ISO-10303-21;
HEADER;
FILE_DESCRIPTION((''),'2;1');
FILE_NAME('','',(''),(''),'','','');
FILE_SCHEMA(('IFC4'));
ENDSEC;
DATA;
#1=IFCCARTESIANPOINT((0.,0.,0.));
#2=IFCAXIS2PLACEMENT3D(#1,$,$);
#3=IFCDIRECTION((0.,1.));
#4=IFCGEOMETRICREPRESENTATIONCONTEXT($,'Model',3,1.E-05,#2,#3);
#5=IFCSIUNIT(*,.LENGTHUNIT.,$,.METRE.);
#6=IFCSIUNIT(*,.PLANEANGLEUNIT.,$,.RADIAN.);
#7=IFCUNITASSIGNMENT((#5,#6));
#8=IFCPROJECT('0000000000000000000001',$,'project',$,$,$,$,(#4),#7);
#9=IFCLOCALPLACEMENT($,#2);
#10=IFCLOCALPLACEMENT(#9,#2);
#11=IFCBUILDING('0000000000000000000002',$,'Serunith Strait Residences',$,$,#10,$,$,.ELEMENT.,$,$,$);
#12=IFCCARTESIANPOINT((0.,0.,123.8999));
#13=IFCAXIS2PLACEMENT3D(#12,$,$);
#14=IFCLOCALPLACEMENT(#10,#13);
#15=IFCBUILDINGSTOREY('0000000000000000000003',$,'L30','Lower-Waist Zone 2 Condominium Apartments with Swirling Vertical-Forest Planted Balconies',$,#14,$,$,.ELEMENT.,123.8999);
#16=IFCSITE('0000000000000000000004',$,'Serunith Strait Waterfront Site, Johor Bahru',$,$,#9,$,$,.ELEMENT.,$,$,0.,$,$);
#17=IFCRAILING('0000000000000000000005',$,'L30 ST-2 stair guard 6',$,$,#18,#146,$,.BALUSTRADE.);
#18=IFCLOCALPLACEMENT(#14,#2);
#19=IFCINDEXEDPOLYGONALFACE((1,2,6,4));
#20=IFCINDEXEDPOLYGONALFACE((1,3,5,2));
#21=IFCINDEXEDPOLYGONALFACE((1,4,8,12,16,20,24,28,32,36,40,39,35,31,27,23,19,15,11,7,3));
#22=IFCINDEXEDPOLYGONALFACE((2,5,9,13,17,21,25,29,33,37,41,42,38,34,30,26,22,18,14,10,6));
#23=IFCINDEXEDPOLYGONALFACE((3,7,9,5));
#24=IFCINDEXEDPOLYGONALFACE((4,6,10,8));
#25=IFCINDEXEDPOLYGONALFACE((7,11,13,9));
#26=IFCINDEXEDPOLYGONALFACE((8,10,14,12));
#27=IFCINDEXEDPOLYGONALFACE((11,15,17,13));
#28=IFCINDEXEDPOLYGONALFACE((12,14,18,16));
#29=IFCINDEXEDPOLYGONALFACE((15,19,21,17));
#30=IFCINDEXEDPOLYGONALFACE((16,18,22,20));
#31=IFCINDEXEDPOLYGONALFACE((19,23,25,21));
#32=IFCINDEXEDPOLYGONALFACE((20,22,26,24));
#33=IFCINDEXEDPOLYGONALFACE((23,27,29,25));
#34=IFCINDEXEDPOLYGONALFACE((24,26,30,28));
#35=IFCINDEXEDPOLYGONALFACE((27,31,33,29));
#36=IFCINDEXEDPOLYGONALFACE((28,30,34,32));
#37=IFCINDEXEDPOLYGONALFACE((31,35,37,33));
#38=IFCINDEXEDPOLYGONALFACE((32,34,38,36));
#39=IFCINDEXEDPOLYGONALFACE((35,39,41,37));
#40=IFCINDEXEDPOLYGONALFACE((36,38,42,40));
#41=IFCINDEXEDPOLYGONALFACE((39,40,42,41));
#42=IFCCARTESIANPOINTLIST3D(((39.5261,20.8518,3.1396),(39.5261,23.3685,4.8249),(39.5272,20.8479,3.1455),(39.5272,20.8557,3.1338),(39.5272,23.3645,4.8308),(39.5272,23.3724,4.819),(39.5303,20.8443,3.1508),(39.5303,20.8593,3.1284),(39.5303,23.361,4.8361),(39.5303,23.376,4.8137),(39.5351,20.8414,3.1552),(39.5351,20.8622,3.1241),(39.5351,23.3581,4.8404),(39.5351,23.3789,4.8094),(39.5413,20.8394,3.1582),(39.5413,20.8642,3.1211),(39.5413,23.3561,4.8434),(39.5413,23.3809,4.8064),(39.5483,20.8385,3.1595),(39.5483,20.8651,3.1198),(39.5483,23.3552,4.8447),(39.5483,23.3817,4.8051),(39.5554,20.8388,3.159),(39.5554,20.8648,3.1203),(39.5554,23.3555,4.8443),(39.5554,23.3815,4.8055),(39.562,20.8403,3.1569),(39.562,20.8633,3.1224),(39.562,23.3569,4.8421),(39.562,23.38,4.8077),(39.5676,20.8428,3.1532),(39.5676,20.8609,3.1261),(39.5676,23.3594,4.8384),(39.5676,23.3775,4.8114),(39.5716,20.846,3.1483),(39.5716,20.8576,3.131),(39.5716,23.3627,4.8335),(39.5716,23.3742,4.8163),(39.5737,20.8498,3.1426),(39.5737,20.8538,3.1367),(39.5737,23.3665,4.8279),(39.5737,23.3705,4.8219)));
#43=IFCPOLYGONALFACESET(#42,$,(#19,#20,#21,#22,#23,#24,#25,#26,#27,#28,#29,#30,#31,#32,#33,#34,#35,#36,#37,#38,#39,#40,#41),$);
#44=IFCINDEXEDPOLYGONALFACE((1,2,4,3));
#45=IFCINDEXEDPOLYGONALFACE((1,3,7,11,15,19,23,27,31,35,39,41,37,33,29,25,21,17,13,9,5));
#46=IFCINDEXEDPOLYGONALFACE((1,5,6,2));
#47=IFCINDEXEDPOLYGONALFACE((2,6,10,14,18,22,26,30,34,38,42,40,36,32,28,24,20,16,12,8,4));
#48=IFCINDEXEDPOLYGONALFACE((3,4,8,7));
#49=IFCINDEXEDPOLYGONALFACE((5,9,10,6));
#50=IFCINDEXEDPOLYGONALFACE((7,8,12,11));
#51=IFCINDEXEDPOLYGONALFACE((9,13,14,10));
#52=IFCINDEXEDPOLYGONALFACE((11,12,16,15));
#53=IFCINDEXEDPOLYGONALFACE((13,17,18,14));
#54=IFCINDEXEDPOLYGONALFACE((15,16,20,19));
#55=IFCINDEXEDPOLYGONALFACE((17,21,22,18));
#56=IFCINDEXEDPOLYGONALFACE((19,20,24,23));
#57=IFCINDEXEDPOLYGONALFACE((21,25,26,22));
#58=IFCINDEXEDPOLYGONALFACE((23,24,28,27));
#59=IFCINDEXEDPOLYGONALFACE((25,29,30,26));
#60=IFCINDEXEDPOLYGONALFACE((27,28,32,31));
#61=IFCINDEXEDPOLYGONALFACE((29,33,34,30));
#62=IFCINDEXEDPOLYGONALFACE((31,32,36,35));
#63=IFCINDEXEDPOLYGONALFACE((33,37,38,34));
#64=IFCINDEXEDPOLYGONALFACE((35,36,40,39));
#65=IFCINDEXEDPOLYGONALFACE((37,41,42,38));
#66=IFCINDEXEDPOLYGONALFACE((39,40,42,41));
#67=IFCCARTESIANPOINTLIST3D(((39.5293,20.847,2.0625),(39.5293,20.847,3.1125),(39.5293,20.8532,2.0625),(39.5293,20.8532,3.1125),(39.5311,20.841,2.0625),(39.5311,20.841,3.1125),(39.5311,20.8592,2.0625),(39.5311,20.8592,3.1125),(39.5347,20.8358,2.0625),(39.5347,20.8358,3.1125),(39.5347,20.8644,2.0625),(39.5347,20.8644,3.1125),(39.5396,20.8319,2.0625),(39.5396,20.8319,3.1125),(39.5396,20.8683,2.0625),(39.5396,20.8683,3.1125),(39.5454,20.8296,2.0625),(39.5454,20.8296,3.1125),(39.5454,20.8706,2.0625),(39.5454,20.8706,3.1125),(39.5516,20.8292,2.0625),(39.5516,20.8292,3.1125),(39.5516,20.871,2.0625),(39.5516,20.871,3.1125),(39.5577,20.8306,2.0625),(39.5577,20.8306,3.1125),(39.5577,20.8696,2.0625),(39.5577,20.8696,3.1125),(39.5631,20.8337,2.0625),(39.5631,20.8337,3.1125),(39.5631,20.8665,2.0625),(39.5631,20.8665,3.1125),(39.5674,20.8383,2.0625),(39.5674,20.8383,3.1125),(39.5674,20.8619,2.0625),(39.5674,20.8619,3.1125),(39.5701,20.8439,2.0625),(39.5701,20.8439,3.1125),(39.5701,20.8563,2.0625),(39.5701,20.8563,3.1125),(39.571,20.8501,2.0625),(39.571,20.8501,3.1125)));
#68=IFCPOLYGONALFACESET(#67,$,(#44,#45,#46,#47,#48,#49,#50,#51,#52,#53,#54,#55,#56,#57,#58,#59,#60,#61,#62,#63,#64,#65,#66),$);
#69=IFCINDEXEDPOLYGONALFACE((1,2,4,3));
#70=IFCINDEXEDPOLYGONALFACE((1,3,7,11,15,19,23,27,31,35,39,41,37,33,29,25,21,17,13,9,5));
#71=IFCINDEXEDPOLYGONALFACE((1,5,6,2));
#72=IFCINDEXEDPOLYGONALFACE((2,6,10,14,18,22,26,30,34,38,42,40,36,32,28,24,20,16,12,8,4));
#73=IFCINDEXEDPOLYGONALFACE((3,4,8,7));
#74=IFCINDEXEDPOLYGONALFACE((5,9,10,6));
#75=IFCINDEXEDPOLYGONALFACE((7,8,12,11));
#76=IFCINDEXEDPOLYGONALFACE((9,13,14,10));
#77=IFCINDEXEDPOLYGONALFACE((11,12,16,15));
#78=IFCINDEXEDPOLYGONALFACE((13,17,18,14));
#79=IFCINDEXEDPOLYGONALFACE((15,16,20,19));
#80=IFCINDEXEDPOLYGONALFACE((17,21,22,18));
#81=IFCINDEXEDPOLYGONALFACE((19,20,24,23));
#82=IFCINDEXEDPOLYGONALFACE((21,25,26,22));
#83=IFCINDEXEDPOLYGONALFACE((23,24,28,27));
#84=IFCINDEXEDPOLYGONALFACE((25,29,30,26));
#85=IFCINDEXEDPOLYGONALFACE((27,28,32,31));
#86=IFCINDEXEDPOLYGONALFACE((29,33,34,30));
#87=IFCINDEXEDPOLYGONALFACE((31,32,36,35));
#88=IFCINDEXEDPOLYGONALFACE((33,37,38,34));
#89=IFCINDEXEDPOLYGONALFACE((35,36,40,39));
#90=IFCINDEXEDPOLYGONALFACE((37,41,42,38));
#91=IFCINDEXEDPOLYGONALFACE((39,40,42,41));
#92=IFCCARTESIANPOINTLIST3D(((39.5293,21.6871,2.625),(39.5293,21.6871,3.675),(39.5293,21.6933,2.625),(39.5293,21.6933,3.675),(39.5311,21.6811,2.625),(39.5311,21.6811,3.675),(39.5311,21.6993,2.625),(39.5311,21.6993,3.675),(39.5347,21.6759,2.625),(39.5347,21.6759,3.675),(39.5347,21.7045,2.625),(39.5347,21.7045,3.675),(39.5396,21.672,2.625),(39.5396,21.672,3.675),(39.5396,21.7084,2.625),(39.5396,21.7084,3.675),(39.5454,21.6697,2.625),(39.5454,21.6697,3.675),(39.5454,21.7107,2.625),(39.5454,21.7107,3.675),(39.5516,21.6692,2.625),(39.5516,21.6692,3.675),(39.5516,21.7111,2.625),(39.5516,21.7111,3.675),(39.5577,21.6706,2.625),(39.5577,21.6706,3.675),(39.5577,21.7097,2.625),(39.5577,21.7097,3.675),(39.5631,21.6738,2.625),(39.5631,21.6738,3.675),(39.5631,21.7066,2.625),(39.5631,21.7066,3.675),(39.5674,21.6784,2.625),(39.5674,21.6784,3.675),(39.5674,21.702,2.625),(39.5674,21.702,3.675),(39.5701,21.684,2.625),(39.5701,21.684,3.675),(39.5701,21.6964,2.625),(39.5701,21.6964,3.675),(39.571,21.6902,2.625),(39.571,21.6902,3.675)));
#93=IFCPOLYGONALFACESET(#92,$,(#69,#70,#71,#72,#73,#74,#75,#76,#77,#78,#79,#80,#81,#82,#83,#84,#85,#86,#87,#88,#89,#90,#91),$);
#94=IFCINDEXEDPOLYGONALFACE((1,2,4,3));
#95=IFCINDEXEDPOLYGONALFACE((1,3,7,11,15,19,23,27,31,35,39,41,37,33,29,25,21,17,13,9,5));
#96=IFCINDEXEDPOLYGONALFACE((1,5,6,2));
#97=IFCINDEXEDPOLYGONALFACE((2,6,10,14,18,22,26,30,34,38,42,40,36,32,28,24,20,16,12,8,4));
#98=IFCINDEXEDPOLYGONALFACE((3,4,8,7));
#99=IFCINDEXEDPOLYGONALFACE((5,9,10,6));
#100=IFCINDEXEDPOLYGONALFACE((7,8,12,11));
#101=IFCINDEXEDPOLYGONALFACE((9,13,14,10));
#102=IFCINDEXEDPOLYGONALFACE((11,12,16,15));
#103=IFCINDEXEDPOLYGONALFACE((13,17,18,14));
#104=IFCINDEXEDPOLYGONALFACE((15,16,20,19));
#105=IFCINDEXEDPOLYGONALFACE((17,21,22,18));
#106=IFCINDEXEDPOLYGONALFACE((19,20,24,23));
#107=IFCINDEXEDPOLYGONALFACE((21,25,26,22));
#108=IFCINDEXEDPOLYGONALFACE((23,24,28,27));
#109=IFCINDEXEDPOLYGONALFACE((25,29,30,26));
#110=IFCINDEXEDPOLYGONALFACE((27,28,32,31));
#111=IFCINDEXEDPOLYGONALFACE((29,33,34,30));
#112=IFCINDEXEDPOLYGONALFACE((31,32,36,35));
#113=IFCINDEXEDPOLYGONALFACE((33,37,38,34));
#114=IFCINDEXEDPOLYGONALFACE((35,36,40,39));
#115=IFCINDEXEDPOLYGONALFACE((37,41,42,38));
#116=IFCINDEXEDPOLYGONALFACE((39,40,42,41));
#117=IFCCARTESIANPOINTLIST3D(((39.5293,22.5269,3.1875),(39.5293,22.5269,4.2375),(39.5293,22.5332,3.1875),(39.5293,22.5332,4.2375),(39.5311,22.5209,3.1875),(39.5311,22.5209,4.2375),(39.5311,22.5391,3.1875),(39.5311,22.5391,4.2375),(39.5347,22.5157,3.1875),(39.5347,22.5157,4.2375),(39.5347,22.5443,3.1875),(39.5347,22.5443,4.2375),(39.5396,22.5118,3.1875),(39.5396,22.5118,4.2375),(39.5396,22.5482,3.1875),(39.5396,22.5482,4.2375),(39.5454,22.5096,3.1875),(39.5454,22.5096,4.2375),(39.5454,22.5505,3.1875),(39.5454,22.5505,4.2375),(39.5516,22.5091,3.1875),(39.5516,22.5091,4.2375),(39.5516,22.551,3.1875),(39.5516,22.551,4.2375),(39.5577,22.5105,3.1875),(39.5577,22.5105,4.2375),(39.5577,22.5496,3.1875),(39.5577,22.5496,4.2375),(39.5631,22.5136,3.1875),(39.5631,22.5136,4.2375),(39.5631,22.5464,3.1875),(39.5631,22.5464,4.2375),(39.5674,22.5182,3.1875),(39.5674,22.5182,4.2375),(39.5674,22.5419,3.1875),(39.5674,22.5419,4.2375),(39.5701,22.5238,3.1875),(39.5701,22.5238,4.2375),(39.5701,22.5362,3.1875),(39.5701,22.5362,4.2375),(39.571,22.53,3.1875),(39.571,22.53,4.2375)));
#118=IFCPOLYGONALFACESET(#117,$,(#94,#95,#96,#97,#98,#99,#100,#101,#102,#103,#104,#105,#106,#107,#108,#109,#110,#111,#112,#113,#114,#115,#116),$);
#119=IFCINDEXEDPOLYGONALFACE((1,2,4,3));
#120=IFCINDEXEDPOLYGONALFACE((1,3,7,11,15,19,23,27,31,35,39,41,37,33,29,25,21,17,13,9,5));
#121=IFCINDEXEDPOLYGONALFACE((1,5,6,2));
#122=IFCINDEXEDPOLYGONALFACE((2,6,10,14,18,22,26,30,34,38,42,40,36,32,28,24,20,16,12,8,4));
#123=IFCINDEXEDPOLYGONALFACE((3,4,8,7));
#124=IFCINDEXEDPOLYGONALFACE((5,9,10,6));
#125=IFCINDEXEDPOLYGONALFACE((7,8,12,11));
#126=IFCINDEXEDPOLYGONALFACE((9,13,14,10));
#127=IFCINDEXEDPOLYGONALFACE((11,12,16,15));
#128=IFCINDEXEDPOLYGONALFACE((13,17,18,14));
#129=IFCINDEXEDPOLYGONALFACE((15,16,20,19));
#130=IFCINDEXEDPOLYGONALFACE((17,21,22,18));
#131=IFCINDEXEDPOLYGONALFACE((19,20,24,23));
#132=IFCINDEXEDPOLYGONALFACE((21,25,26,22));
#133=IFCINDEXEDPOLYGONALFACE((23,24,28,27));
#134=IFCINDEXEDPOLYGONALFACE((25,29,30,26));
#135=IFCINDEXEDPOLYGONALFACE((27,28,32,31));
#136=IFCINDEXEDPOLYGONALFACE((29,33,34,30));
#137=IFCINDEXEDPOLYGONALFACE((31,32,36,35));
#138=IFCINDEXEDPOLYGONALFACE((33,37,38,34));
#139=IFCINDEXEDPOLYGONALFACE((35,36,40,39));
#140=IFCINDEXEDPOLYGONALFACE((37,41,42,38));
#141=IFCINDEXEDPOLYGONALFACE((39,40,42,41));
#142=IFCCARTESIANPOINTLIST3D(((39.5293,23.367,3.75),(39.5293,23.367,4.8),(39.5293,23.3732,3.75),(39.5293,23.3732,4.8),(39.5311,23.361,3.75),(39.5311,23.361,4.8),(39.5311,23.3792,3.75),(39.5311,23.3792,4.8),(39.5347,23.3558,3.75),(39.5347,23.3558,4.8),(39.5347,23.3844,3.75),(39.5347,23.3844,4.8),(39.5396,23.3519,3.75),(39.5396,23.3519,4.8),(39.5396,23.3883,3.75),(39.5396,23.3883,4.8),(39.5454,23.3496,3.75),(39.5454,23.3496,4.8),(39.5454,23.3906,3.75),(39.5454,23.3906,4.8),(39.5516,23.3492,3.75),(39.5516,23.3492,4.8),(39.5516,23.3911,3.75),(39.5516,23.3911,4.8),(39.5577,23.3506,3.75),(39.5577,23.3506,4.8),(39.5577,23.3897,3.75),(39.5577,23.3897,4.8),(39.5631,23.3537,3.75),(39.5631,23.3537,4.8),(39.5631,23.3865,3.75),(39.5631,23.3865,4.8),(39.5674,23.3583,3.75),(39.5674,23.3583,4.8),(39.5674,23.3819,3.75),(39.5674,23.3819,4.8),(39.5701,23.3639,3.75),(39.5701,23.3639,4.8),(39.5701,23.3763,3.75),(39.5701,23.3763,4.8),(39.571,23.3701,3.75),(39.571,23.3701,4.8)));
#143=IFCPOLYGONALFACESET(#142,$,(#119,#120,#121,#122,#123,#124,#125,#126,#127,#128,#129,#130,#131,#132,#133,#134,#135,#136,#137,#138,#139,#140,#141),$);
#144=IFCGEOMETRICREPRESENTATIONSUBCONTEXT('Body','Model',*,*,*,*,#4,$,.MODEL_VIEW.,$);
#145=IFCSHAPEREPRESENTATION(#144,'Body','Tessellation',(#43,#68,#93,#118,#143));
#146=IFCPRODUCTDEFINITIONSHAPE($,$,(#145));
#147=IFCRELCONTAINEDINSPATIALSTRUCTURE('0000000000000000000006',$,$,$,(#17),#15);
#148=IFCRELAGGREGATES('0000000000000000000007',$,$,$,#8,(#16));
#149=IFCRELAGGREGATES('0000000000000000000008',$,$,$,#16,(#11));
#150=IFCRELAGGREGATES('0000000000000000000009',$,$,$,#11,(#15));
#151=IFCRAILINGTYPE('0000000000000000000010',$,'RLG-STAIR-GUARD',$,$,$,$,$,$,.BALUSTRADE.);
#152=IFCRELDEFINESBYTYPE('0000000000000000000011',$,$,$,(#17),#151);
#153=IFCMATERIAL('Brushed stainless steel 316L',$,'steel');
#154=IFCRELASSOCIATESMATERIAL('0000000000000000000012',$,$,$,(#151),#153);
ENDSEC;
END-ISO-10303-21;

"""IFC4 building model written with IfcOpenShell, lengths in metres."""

from ifc_helpers import new_model, si_unit, direction, frame, origin, origin_2d, place, context, subcontext, project, spatial, circle, extrude, material, type_object, element, save


model = new_model("IFC4")

# Units and contexts
model_context = context("Model", 3, precision=1e-05, world=origin(), true_north=direction((0.0, 1.0)))
body_context = subcontext(model_context, "Body", "Model", "MODEL_VIEW")
ifc_project = project(units=[si_unit("LENGTHUNIT", "METRE"), si_unit("PLANEANGLEUNIT", "RADIAN")], contexts=[model_context])

# Site, building, storey
site_placement = place(None, origin())
site = spatial("IfcSite", under=ifc_project, at=site_placement, Name="Serunith Strait Waterfront Site, Johor Bahru", CompositionType="ELEMENT", RefElevation=0.0)
building_placement = place(site_placement, origin())
building = spatial("IfcBuilding", under=site, at=building_placement, Name="Serunith Strait Residences", CompositionType="ELEMENT")
storey_placement = place(building_placement, frame((0.0, 0.0, 123.8999)))
storey = spatial("IfcBuildingStorey", under=building, at=storey_placement, Name="L30", Description="Lower-Waist Zone 2 Condominium Apartments with Swirling Vertical-Forest Planted Balconies", CompositionType="ELEMENT", Elevation=123.8999)

# Railing
ifc_material_1 = material(Name="Brushed stainless steel 316L", Category="steel")
railing_type_1 = type_object("IfcRailingType", Name="RLG-STAIR-GUARD", PredefinedType="BALUSTRADE", material=ifc_material_1)
railing_1_placement = place(storey_placement, frame((39.55, 20.8501, 2.0625)))
element("IfcRailing", 1, at=railing_1_placement, inside=storey, type_object=railing_type_1, Name="L30 ST-2 stair guard 6", PredefinedType="BALUSTRADE", context=body_context, shape_type="SweptSolid", body=[
    extrude(circle(Radius=0.0239, at=origin_2d()), frame((0.0, 0.0017, 1.0771), z_axis=(0.0, 0.830909, 0.556408), x_axis=(-1.0, 0.0, 0.0)), (0.0, 0.0, 1.0), 3.0288),
    extrude(circle(Radius=0.021, at=origin_2d()), origin(), (0.0, 0.0, 1.0), 1.05),
    extrude(circle(Radius=0.021, at=origin_2d()), frame((0.0, 0.8401, 0.5625)), (0.0, 0.0, 1.0), 1.05),
    extrude(circle(Radius=0.021, at=origin_2d()), frame((0.0, 1.6799, 1.125)), (0.0, 0.0, 1.0), 1.05),
    extrude(circle(Radius=0.021, at=origin_2d()), frame((0.0, 2.52, 1.6875)), (0.0, 0.0, 1.0), 1.05),
])

save(model, "model.ifc")
